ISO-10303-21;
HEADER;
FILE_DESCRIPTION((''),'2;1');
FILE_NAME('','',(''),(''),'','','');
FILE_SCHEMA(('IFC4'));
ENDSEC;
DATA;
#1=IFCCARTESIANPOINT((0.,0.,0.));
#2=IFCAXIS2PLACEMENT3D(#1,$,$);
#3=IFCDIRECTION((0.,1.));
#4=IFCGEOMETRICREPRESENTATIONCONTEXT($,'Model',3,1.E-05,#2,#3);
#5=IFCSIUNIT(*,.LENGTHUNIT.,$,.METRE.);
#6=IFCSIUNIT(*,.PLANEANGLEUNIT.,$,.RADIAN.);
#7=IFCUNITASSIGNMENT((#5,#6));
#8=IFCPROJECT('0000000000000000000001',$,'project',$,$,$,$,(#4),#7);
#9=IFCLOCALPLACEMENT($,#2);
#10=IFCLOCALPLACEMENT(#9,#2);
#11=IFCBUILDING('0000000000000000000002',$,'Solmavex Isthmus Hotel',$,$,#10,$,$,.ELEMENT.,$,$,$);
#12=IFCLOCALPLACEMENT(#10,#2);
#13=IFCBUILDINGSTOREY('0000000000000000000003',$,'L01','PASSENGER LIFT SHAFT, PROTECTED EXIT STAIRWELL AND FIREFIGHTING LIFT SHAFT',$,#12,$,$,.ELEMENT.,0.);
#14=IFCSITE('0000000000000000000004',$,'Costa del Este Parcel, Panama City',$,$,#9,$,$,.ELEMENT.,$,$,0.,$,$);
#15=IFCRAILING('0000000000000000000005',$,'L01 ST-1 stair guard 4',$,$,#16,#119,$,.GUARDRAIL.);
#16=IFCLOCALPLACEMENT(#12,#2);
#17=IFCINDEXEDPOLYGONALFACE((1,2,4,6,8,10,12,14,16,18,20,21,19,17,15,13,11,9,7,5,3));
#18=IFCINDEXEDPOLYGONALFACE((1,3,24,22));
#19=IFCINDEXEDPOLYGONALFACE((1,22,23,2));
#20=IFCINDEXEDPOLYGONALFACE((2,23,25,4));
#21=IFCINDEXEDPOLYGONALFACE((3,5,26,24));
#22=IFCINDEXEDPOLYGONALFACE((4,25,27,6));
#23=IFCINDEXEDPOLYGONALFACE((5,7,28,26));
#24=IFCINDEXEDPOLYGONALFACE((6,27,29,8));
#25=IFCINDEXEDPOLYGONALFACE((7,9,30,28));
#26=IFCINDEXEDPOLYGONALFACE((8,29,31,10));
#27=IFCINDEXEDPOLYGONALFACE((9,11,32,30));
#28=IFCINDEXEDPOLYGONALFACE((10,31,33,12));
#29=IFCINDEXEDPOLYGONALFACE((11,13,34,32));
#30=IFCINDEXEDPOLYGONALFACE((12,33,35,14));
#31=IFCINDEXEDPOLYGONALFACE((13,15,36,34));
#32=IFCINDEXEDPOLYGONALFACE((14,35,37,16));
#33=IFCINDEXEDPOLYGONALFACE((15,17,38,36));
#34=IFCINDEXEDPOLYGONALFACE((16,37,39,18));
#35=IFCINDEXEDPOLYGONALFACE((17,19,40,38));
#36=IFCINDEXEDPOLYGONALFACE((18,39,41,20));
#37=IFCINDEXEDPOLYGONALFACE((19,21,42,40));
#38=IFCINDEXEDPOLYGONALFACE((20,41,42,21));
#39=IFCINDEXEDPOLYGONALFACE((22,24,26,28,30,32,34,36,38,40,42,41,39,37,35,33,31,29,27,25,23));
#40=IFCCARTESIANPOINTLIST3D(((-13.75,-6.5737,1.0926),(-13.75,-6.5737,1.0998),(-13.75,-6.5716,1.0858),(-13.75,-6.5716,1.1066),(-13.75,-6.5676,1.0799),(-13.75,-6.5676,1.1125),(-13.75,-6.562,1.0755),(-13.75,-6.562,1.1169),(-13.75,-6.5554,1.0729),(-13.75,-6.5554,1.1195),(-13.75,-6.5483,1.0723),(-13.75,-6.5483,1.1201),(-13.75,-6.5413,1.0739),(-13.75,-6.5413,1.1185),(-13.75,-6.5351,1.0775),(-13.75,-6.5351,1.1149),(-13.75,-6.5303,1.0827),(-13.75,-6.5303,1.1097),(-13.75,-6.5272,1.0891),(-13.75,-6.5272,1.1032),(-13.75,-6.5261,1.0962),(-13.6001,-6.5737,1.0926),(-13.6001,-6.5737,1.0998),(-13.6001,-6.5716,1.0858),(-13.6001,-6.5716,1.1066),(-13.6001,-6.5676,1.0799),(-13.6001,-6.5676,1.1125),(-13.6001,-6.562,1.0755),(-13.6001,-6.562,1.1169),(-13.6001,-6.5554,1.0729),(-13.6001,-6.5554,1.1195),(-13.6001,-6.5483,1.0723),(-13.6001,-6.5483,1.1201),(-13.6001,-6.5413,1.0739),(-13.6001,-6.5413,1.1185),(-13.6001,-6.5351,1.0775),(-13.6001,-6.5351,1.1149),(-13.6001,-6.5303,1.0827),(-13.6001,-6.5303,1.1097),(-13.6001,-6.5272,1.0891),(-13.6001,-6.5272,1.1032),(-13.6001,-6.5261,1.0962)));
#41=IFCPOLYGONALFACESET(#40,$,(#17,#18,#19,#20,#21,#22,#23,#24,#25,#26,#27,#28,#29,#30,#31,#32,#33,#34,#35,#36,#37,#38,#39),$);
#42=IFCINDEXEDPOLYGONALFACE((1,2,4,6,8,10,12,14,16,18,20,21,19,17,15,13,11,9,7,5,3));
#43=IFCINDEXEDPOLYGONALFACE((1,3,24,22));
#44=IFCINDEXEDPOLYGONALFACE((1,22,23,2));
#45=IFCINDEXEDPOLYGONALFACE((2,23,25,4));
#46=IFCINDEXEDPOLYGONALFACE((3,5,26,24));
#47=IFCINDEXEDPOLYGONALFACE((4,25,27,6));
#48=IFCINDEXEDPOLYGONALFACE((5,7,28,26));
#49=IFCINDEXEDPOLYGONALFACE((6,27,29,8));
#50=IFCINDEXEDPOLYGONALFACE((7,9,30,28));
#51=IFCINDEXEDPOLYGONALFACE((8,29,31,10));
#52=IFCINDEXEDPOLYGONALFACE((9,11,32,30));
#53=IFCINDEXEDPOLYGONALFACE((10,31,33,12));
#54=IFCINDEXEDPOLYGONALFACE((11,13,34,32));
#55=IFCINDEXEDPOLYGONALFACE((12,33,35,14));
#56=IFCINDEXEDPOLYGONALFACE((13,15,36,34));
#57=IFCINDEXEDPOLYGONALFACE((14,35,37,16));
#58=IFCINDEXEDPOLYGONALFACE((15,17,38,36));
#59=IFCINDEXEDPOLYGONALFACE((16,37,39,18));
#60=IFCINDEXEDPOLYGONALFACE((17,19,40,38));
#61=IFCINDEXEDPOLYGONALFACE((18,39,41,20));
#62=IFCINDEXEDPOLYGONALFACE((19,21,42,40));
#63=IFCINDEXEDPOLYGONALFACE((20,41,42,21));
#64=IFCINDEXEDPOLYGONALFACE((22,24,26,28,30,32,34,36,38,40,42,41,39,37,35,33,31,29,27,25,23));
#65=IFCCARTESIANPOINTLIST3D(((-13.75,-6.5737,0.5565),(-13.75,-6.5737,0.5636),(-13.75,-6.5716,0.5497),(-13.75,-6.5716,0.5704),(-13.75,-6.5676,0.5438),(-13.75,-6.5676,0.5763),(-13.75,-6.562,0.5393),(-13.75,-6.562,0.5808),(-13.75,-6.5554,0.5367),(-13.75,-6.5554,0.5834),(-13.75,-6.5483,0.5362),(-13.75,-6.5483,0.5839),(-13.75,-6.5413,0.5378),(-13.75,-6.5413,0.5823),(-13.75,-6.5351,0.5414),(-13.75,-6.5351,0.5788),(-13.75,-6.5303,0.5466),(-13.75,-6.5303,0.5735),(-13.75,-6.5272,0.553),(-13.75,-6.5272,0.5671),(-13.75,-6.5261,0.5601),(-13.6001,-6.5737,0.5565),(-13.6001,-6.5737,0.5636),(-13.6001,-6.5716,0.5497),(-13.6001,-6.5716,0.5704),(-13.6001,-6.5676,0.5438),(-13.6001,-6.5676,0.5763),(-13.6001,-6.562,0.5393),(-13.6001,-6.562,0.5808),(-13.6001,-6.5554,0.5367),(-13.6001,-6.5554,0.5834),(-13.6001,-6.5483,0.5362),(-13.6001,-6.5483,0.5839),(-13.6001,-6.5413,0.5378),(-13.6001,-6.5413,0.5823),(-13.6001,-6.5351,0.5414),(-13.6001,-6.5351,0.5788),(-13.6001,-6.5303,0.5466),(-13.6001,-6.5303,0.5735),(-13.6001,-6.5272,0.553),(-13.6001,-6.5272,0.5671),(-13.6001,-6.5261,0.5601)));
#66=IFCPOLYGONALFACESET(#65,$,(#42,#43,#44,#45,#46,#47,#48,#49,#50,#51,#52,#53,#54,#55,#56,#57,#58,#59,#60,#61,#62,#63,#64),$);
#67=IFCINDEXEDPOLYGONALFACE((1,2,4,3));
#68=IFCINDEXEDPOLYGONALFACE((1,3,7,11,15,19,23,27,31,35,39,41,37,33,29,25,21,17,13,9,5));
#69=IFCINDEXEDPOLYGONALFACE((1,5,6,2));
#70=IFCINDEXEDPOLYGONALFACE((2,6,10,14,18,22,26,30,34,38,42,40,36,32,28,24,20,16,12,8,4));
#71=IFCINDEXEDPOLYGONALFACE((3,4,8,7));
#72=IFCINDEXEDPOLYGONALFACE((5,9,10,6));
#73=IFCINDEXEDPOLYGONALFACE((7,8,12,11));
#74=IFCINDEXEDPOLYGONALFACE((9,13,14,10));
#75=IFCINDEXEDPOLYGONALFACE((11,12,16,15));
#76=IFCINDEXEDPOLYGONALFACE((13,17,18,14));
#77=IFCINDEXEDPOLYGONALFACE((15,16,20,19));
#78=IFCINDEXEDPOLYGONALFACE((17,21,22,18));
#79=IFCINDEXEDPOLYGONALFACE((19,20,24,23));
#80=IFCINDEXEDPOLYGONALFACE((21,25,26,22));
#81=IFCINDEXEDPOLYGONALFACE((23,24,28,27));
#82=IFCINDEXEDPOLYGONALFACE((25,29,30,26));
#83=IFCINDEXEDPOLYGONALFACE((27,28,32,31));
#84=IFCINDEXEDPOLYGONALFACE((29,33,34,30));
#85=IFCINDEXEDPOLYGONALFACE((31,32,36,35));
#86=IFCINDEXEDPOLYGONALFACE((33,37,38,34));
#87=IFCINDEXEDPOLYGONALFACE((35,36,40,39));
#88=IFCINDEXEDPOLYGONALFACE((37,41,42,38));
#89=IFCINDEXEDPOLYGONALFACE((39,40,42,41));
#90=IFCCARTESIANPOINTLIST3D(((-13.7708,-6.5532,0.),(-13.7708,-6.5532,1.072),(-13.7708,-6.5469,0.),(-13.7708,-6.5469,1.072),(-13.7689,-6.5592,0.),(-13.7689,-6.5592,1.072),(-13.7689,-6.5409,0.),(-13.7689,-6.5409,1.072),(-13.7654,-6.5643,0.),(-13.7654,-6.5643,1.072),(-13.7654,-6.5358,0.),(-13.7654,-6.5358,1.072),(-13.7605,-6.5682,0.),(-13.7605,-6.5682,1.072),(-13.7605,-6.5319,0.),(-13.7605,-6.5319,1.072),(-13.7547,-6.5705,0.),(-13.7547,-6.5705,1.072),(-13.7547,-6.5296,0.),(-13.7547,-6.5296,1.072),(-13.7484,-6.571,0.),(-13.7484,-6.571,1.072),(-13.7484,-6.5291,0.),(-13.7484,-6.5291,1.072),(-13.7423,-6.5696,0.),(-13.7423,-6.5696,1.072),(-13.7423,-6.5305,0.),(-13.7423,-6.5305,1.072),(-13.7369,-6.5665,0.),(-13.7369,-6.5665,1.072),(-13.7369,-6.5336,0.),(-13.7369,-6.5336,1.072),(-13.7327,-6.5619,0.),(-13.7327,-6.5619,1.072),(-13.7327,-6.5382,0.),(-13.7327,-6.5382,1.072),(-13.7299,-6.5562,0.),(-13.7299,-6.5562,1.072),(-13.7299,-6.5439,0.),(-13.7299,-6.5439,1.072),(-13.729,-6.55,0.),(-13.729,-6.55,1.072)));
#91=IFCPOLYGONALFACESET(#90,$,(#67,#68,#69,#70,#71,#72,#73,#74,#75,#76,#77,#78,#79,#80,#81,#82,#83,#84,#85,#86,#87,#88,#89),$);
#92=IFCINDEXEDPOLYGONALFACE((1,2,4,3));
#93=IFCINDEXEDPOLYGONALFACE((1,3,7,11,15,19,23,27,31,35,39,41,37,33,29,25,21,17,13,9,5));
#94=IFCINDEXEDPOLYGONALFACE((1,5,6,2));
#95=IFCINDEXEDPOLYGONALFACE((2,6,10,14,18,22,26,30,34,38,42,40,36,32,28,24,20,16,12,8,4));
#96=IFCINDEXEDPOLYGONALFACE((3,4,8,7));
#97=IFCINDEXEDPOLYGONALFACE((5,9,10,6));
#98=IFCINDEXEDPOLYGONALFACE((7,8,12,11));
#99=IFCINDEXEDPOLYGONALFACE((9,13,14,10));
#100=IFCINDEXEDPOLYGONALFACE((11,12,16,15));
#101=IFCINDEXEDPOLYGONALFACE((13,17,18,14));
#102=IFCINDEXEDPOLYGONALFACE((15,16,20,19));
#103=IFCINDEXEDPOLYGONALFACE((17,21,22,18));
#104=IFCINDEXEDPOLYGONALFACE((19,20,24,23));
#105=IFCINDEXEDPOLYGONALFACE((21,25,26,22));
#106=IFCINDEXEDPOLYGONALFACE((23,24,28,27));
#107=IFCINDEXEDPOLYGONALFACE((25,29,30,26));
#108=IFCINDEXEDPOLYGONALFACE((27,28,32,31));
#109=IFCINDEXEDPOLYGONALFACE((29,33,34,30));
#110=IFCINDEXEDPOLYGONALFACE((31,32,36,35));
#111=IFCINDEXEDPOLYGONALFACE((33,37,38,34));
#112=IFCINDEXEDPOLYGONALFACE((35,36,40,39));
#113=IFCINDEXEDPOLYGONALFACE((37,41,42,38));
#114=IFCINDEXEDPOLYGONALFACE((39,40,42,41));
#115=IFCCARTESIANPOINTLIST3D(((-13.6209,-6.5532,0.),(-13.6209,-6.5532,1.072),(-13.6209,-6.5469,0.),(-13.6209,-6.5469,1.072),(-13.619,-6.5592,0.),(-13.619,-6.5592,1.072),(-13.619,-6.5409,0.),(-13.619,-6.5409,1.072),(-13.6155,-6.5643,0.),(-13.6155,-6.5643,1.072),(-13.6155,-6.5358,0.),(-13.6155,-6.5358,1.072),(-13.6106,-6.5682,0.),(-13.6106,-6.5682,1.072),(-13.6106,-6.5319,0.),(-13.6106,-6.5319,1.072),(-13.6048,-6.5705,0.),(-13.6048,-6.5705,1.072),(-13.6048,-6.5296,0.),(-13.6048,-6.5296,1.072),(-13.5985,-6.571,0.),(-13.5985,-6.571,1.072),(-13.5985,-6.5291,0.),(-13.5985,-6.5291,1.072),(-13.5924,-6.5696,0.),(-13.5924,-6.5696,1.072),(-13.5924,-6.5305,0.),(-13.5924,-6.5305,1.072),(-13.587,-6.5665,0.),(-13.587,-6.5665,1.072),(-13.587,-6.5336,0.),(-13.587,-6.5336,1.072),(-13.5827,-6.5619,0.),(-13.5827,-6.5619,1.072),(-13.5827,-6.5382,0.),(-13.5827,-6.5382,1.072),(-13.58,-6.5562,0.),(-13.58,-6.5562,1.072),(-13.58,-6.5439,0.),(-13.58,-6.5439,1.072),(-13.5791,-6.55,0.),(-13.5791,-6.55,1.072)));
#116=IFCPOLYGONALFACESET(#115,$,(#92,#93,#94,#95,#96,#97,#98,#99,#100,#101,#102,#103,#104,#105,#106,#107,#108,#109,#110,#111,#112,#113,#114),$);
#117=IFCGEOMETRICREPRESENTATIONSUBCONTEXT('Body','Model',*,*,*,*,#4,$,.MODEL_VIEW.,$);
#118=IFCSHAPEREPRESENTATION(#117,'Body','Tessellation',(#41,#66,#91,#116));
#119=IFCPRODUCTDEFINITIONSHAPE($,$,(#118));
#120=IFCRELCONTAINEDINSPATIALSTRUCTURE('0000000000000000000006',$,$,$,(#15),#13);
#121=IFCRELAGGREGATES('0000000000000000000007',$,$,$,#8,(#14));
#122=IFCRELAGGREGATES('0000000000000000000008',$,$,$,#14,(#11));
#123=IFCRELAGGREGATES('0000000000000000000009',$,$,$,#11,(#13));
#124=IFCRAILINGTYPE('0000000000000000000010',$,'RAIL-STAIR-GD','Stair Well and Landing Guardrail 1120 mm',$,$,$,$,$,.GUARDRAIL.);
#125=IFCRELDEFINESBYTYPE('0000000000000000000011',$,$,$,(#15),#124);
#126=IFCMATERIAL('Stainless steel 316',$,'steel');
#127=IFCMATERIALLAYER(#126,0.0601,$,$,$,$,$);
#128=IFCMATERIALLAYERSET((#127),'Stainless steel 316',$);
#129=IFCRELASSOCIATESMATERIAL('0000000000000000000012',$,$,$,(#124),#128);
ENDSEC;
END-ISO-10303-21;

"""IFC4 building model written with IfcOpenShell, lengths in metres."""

from ifc_helpers import new_model, si_unit, direction, frame, origin, origin_2d, place, context, subcontext, project, spatial, circle, extrude, material, layer, layer_set, type_object, element, save


model = new_model("IFC4")

# Units and contexts
model_context = context("Model", 3, precision=1e-05, world=origin(), true_north=direction((0.0, 1.0)))
body_context = subcontext(model_context, "Body", "Model", "MODEL_VIEW")
ifc_project = project(units=[si_unit("LENGTHUNIT", "METRE"), si_unit("PLANEANGLEUNIT", "RADIAN")], contexts=[model_context])

# Site, building, storey
site_placement = place(None, origin())
site = spatial("IfcSite", under=ifc_project, at=site_placement, Name="Costa del Este Parcel, Panama City", CompositionType="ELEMENT", RefElevation=0.0)
building_placement = place(site_placement, origin())
building = spatial("IfcBuilding", under=site, at=building_placement, Name="Solmavex Isthmus Hotel", CompositionType="ELEMENT")
storey_placement = place(building_placement, origin())
storey = spatial("IfcBuildingStorey", under=building, at=storey_placement, Name="L01", Description="PASSENGER LIFT SHAFT, PROTECTED EXIT STAIRWELL AND FIREFIGHTING LIFT SHAFT", CompositionType="ELEMENT", Elevation=0.0)

# Railing
ifc_material_1 = material(Name="Stainless steel 316", Category="steel")
ifc_layer_1 = layer(ifc_material_1, 0.0601)
ifc_layer_set_1 = layer_set([ifc_layer_1], Name="Stainless steel 316")
railing_type_1 = type_object("IfcRailingType", Name="RAIL-STAIR-GD", Description="Stair Well and Landing Guardrail 1120 mm", PredefinedType="GUARDRAIL", material=ifc_layer_set_1)
railing_1_placement = place(storey_placement, frame((-13.75, -6.55, 0.0)))
element("IfcRailing", 1, at=railing_1_placement, inside=storey, type_object=railing_type_1, Name="L01 ST-1 stair guard 4", PredefinedType="GUARDRAIL", context=body_context, shape_type="SweptSolid", body=[
    extrude(circle(Radius=0.0239, at=origin_2d()), frame((0.0, 0.0, 1.0962), z_axis=(1.0, 0.0, 0.0), x_axis=(0.0, 1.0, 0.0)), (0.0, 0.0, 1.0), 0.1499),
    extrude(circle(Radius=0.0239, at=origin_2d()), frame((0.0, 0.0, 0.5601), z_axis=(1.0, 0.0, 0.0), x_axis=(0.0, 1.0, 0.0)), (0.0, 0.0, 1.0), 0.1499),
    extrude(circle(Radius=0.021, at=origin_2d()), origin(), (0.0, 0.0, 1.0), 1.072),
    extrude(circle(Radius=0.021, at=origin_2d()), frame((0.1499, 0.0, 0.0)), (0.0, 0.0, 1.0), 1.072),
])

save(model, "model.ifc")
